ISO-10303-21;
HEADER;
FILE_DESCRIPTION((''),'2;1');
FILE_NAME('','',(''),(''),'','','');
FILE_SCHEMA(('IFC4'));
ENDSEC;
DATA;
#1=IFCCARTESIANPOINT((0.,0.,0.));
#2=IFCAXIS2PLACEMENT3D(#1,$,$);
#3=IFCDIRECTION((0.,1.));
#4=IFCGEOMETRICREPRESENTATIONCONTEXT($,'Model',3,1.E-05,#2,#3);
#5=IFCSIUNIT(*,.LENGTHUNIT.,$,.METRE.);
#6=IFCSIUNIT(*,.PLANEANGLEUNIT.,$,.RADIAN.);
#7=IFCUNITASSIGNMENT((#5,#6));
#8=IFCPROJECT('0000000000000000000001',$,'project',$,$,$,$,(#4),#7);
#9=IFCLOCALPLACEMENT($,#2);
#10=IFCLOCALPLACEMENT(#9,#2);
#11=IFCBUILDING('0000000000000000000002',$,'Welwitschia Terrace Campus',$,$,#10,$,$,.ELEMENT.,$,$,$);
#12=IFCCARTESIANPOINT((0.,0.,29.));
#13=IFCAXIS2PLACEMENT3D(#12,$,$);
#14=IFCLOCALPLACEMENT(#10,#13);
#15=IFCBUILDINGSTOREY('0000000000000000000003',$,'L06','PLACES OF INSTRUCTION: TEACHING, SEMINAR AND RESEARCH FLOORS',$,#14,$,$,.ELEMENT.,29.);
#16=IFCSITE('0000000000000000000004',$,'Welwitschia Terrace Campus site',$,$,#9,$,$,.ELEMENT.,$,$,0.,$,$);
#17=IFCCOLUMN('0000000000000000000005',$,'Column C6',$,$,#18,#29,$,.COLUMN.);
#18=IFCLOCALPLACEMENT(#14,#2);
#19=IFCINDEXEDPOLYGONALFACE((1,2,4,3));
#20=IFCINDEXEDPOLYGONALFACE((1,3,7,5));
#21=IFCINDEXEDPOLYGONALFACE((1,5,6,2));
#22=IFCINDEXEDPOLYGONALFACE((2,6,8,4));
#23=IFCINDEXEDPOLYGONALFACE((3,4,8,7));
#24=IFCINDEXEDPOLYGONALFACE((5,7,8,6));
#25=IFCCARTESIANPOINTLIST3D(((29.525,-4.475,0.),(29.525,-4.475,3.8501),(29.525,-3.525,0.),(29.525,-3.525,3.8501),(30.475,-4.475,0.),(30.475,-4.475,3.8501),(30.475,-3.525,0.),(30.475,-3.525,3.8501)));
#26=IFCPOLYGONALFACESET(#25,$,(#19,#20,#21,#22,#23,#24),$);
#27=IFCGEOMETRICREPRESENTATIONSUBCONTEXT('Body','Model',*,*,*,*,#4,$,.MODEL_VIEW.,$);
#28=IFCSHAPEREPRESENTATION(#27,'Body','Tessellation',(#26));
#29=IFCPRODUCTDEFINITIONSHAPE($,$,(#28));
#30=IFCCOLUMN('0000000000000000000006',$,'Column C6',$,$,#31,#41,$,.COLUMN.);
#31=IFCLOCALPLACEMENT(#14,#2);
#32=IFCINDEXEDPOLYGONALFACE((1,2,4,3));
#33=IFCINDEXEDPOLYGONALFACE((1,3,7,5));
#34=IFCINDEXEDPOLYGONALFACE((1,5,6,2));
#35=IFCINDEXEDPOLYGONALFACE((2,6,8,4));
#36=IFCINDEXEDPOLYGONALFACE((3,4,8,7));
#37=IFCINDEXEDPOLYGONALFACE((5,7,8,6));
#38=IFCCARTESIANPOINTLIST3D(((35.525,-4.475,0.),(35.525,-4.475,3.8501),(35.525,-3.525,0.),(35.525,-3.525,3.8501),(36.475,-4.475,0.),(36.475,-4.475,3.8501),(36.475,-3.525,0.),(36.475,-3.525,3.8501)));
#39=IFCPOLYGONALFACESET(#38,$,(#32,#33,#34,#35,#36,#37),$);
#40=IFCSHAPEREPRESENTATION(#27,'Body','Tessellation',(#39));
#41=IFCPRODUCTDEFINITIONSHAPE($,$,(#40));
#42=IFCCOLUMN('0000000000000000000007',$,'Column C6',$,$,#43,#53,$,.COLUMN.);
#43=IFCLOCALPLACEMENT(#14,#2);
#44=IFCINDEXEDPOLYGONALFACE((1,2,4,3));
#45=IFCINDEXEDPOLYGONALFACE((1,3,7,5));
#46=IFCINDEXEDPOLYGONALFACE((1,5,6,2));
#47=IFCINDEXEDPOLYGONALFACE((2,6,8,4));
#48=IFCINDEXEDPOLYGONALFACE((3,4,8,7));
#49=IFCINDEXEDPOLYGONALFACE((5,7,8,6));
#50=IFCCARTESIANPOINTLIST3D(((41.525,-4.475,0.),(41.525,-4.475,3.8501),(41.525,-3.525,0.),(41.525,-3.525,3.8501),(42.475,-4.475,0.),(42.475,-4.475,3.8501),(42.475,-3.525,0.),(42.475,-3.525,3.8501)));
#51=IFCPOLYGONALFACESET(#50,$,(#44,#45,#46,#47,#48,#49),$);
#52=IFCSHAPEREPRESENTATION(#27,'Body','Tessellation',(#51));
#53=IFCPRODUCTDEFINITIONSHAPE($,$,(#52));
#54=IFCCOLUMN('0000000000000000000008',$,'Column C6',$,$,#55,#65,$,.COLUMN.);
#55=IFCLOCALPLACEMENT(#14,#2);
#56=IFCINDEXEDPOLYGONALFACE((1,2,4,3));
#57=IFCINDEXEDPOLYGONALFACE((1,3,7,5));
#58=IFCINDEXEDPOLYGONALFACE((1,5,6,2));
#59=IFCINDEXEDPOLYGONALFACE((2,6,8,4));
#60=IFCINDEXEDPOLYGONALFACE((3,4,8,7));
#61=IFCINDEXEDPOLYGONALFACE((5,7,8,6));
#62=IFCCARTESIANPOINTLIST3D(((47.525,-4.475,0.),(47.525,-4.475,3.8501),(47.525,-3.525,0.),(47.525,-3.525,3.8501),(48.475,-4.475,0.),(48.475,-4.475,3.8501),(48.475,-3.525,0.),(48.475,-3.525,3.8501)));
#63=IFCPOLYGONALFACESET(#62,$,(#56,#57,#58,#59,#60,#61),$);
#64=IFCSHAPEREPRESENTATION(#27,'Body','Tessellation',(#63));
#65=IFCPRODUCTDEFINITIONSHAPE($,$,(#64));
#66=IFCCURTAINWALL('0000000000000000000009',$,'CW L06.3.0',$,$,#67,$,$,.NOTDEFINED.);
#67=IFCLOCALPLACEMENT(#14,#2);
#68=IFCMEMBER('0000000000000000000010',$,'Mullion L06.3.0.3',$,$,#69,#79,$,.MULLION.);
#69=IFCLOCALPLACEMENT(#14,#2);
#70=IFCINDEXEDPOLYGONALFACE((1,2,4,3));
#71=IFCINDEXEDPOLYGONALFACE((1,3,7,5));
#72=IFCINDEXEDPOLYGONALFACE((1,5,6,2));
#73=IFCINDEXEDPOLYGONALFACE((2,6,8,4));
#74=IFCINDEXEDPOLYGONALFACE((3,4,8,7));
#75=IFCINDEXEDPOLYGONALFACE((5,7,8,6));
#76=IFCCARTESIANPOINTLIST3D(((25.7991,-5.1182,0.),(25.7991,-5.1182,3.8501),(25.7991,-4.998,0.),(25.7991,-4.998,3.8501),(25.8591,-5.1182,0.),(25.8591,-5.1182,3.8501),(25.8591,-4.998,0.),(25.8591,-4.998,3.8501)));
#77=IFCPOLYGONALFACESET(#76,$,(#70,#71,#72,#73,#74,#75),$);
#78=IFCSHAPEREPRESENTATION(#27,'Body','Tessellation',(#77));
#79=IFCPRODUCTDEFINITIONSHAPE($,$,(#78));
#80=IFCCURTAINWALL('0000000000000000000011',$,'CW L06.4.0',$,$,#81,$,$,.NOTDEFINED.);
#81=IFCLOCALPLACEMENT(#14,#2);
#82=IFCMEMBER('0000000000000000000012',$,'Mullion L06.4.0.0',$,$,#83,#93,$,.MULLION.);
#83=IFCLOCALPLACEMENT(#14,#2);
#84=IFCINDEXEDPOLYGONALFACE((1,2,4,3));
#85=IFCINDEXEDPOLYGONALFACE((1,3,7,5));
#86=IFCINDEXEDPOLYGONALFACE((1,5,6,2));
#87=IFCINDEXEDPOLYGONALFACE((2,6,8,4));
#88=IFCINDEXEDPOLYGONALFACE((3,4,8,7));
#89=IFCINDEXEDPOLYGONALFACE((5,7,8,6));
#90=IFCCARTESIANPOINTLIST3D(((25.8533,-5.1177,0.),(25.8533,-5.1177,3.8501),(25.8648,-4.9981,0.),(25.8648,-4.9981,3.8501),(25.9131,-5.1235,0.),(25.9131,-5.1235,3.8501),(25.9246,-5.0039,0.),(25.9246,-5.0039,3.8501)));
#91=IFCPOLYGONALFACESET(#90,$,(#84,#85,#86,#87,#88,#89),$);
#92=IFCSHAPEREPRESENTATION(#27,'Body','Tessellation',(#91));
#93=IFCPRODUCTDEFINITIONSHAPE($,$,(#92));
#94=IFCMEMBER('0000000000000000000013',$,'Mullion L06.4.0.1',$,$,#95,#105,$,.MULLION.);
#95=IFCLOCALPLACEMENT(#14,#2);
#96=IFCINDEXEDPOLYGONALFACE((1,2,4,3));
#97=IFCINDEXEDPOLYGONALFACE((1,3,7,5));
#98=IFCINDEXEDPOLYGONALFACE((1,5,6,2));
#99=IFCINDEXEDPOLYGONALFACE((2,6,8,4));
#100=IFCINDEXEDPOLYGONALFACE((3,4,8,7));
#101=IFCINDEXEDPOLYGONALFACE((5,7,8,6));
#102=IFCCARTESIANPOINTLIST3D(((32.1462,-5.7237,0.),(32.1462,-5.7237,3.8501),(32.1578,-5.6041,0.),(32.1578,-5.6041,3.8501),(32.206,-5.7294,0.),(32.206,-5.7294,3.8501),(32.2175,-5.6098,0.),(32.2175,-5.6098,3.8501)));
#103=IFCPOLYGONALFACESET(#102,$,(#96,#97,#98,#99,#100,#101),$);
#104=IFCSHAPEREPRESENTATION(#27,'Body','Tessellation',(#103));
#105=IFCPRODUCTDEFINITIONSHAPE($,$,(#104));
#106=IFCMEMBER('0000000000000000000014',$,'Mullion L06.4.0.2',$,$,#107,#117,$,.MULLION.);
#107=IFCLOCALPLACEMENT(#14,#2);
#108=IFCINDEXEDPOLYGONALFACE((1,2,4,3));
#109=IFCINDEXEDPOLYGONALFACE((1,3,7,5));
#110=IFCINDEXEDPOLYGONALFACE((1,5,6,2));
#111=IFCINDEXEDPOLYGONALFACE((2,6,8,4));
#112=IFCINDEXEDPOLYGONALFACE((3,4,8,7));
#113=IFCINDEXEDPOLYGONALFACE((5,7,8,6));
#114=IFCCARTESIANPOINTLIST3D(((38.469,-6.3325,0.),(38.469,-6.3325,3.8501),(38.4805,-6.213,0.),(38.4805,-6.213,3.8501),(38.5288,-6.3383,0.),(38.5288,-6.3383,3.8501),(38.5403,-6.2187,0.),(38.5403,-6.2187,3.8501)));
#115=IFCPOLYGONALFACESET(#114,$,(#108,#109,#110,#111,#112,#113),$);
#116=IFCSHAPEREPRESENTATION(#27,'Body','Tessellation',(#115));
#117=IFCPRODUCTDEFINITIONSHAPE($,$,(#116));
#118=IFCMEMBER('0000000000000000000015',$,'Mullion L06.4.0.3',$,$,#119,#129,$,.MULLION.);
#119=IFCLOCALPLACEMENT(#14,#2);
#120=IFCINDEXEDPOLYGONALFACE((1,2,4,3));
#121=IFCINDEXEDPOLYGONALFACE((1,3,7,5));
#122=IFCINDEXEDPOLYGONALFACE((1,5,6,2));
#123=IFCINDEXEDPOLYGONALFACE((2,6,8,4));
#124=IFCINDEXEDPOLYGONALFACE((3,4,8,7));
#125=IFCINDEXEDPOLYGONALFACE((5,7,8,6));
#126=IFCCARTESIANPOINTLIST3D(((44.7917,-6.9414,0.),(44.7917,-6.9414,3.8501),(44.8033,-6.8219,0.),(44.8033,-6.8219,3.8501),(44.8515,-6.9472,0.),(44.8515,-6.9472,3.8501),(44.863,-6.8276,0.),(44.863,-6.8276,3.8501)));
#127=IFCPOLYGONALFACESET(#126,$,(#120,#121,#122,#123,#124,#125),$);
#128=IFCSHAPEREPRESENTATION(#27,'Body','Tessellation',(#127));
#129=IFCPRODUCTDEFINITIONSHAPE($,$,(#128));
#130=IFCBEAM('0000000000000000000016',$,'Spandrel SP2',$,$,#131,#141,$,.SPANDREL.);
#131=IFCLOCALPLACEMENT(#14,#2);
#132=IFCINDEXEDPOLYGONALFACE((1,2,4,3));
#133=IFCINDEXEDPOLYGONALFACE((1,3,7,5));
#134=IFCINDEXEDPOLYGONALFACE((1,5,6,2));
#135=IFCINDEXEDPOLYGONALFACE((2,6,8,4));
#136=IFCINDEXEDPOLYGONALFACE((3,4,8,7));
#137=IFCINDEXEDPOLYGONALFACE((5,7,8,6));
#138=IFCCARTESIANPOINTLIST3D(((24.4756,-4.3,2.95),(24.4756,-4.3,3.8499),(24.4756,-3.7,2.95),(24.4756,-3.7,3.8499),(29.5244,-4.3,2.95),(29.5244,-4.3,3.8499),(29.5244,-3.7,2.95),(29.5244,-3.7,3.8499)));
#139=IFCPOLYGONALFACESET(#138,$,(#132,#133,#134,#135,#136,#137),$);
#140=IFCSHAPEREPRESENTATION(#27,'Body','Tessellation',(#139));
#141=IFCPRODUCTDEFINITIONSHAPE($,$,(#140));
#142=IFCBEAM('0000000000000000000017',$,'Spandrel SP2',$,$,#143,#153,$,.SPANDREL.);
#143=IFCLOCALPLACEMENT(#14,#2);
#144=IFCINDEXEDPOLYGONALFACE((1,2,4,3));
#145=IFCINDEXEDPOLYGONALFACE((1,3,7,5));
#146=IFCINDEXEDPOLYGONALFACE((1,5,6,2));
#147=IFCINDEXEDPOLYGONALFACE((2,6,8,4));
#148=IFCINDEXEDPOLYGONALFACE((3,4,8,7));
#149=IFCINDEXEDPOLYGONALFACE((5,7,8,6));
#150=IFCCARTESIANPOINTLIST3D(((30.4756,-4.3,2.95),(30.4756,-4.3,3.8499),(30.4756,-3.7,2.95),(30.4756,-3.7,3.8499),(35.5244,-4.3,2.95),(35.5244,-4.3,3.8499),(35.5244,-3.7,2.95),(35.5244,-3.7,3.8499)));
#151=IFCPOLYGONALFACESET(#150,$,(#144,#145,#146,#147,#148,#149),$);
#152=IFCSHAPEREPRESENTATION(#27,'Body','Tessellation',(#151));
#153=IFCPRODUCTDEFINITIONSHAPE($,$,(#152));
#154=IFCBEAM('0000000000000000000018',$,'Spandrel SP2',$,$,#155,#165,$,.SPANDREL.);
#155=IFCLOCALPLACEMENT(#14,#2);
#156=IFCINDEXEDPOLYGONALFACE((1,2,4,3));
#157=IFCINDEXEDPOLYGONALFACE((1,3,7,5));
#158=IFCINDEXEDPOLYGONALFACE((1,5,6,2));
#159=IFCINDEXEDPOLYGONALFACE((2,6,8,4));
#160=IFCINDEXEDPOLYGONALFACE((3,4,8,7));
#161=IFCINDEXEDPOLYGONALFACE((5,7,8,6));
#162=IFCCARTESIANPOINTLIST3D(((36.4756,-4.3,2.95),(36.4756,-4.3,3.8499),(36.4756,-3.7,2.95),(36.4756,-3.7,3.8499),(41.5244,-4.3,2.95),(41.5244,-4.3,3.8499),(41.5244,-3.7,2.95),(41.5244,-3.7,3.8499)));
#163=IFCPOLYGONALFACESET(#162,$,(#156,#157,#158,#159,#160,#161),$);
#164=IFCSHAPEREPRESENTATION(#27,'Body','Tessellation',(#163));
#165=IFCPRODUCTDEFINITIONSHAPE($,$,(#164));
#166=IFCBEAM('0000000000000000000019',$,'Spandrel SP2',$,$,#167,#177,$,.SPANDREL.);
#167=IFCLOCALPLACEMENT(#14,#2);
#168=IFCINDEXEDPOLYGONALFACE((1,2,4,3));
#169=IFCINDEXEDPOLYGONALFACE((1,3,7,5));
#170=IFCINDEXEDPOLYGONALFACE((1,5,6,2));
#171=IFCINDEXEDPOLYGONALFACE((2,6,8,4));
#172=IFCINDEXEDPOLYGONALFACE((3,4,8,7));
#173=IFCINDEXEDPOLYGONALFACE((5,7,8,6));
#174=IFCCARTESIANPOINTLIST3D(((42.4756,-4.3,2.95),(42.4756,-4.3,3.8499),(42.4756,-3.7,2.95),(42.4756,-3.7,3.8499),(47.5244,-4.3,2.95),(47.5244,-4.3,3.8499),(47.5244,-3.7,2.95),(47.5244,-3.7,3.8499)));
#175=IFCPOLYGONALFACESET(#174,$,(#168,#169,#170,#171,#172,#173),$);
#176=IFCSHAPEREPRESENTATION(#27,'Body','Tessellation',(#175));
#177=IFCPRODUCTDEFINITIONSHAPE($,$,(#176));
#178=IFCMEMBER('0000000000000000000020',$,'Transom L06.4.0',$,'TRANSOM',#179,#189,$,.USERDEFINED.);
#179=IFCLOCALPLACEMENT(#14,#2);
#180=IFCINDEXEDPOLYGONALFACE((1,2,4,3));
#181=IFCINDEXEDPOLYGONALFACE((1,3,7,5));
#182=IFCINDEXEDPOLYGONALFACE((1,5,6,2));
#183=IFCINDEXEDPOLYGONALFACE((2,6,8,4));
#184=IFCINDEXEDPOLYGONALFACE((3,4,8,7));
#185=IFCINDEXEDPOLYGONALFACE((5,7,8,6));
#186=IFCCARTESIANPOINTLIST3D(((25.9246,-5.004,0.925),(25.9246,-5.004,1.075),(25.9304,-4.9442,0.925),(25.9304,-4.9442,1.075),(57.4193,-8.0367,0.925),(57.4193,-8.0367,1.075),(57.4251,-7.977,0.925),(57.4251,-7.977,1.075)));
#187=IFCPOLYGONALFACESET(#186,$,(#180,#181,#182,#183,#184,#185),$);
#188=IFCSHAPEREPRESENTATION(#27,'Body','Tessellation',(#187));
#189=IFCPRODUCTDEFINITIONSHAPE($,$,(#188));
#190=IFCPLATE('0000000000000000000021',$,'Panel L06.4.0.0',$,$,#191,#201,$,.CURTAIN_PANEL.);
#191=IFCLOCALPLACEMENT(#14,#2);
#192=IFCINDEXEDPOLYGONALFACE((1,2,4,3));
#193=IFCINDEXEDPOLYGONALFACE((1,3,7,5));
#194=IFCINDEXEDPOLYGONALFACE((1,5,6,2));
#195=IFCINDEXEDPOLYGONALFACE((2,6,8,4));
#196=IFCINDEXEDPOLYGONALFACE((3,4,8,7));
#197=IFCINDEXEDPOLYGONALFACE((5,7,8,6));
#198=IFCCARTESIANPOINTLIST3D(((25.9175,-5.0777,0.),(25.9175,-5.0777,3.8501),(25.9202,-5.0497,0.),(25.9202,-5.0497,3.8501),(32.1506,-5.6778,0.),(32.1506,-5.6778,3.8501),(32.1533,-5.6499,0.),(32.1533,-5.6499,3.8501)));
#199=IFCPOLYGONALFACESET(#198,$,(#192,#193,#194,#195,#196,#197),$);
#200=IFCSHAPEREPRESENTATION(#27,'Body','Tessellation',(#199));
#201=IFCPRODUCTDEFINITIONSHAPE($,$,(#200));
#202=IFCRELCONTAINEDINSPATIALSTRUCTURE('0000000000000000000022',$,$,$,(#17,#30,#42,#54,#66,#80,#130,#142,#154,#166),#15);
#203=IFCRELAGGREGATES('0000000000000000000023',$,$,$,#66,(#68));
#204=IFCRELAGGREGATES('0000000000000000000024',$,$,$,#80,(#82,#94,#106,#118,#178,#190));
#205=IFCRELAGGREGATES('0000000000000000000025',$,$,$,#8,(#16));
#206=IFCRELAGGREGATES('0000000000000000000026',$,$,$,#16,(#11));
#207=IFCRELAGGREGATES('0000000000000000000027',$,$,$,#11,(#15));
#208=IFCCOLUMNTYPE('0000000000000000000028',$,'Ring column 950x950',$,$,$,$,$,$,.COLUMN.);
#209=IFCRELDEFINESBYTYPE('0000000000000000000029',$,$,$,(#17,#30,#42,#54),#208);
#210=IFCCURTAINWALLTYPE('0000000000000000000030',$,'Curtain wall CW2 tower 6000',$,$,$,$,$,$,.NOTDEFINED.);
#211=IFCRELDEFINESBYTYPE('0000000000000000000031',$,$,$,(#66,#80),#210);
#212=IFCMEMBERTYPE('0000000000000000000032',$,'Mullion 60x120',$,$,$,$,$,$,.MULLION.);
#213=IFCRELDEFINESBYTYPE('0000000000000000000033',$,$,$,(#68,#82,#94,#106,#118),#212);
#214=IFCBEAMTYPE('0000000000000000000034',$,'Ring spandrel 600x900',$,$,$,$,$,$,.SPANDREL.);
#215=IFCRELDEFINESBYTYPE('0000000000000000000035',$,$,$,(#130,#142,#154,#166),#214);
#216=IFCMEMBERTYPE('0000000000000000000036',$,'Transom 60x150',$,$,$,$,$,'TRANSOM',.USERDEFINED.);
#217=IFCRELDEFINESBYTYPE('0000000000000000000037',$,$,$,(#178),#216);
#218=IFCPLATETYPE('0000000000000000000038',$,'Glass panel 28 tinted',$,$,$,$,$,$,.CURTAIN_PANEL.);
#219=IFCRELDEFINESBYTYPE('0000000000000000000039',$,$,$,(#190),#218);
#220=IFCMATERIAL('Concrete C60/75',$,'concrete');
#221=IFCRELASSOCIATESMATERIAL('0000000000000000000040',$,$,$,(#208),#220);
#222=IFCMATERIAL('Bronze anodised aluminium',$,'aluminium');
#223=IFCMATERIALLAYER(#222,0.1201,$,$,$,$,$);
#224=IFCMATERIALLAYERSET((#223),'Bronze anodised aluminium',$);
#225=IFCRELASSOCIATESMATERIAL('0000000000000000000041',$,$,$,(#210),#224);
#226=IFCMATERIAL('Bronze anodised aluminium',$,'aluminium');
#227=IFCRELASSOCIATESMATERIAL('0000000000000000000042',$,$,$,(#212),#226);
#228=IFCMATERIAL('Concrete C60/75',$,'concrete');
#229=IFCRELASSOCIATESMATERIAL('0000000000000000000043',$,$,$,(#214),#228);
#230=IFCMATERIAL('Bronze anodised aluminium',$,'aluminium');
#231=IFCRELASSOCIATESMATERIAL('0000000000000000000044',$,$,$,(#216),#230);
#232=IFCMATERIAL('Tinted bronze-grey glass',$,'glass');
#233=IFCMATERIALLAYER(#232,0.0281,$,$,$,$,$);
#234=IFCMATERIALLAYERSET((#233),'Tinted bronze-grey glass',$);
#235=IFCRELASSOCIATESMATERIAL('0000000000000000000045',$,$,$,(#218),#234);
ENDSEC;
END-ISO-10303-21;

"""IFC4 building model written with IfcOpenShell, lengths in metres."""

from ifc_helpers import new_model, si_unit, direction, frame, origin, origin_2d, place, context, subcontext, project, spatial, rectangle, extrude, material, layer, layer_set, material_profile, profile_set, type_object, element, aggregate, save


model = new_model("IFC4")

# Units and contexts
model_context = context("Model", 3, precision=1e-05, world=origin(), true_north=direction((0.0, 1.0)))
body_context = subcontext(model_context, "Body", "Model", "MODEL_VIEW")
ifc_project = project(units=[si_unit("LENGTHUNIT", "METRE"), si_unit("PLANEANGLEUNIT", "RADIAN")], contexts=[model_context])

# Site, building, storey
site_placement = place(None, origin())
site = spatial("IfcSite", under=ifc_project, at=site_placement, Name="Welwitschia Terrace Campus site", CompositionType="ELEMENT", RefElevation=0.0)
building_placement = place(site_placement, origin())
building = spatial("IfcBuilding", under=site, at=building_placement, Name="Welwitschia Terrace Campus", CompositionType="ELEMENT")
storey_placement = place(building_placement, frame((0.0, 0.0, 29.0)))
storey = spatial("IfcBuildingStorey", under=building, at=storey_placement, Name="L06", Description="PLACES OF INSTRUCTION: TEACHING, SEMINAR AND RESEARCH FLOORS", CompositionType="ELEMENT", Elevation=29.0)

# Columns
ifc_material_1 = material(Name="Concrete C60/75", Category="concrete")
ifc_material_profile_1 = material_profile(ifc_material_1, rectangle(XDim=0.95, YDim=0.95, at=origin_2d()))
ifc_profile_set_1 = profile_set([ifc_material_profile_1], Name="Concrete C60/75")
column_type = type_object("IfcColumnType", Name="Ring column 950x950", PredefinedType="COLUMN", material=ifc_profile_set_1)
for number, where, z_axis, x_axis, name in (
    (1, (30.0, -4.0, 0.0), (0.0, 0.0, 1.0), (1.0, 0.0, 0.0), "Column C6"),
    (2, (36.0, -4.0, 0.0), (0.0, 0.0, 1.0), (1.0, 0.0, 0.0), "Column C6"),
    (3, (42.0, -4.0, 0.0), (0.0, 0.0, 1.0), (1.0, 0.0, 0.0), "Column C6"),
    (4, (48.0, -4.0, 0.0), (0.0, 0.0, 1.0), (1.0, 0.0, 0.0), "Column C6"),
):
    element("IfcColumn", number, at=place(storey_placement, frame(where, z_axis=z_axis, x_axis=x_axis)), inside=storey, type_object=column_type, Name=name, PredefinedType="COLUMN", context=body_context, shape_type="SweptSolid", body=[
        extrude(rectangle(XDim=0.95, YDim=0.95, at=origin_2d()), origin(), (0.0, 0.0, 1.0), 3.8501),
    ])

# Curtain wall, member
ifc_material_2 = material(Name="Bronze anodised aluminium", Category="aluminium")
ifc_layer_1 = layer(ifc_material_2, 0.1201)
ifc_layer_set_1 = layer_set([ifc_layer_1], Name="Bronze anodised aluminium")
curtain_wall_type = type_object("IfcCurtainWallType", Name="Curtain wall CW2 tower 6000", PredefinedType="NOTDEFINED", material=ifc_layer_set_1)
curtain_wall_1_placement = place(storey_placement, origin())
curtain_wall_1 = element("IfcCurtainWall", 5, at=curtain_wall_1_placement, inside=storey, type_object=curtain_wall_type, Name="CW L06.3.0", PredefinedType="NOTDEFINED")
ifc_material_3 = material(Name="Bronze anodised aluminium", Category="aluminium")
ifc_material_profile_2 = material_profile(ifc_material_3, rectangle(XDim=0.1201, YDim=0.0601, at=origin_2d()))
ifc_profile_set_2 = profile_set([ifc_material_profile_2], Name="Bronze anodised aluminium")
member_type_1 = type_object("IfcMemberType", Name="Mullion 60x120", PredefinedType="MULLION", material=ifc_profile_set_2)
member_1_placement = place(storey_placement, frame((25.8291, -5.0581, 0.0), z_axis=(0.0, 0.0, 1.0), x_axis=(0.0, 1.0, 0.0)))
member_1 = element("IfcMember", 6, at=member_1_placement, type_object=member_type_1, Name="Mullion L06.3.0.3", PredefinedType="MULLION", context=body_context, shape_type="SweptSolid", body=[
    extrude(rectangle(XDim=0.1201, YDim=0.0601, at=origin_2d()), origin(), (0.0, 0.0, 1.0), 3.8501),
])
aggregate(curtain_wall_1, [member_1])

# Curtain wall, members
curtain_wall_2_placement = place(storey_placement, origin())
curtain_wall_2 = element("IfcCurtainWall", 7, at=curtain_wall_2_placement, inside=storey, type_object=curtain_wall_type, Name="CW L06.4.0", PredefinedType="NOTDEFINED")
member_2_placement = place(storey_placement, frame((25.8889, -5.0608, 0.0), z_axis=(0.0, 0.0, 1.0), x_axis=(0.095846, 0.995396, 0.0)))
member_2 = element("IfcMember", 8, at=member_2_placement, type_object=member_type_1, Name="Mullion L06.4.0.0", PredefinedType="MULLION", context=body_context, shape_type="SweptSolid", body=[
    extrude(rectangle(XDim=0.1201, YDim=0.0601, at=origin_2d()), origin(), (0.0, 0.0, 1.0), 3.8501),
])
member_3_placement = place(storey_placement, frame((32.1819, -5.6667, 0.0), z_axis=(0.0, 0.0, 1.0), x_axis=(0.095846, 0.995396, 0.0)))
member_3 = element("IfcMember", 9, at=member_3_placement, type_object=member_type_1, Name="Mullion L06.4.0.1", PredefinedType="MULLION", context=body_context, shape_type="SweptSolid", body=[
    extrude(rectangle(XDim=0.1201, YDim=0.0601, at=origin_2d()), origin(), (0.0, 0.0, 1.0), 3.8501),
])
member_4_placement = place(storey_placement, frame((38.5046, -6.2756, 0.0), z_axis=(0.0, 0.0, 1.0), x_axis=(0.095846, 0.995396, 0.0)))
member_4 = element("IfcMember", 10, at=member_4_placement, type_object=member_type_1, Name="Mullion L06.4.0.2", PredefinedType="MULLION", context=body_context, shape_type="SweptSolid", body=[
    extrude(rectangle(XDim=0.1201, YDim=0.0601, at=origin_2d()), origin(), (0.0, 0.0, 1.0), 3.8501),
])
member_5_placement = place(storey_placement, frame((44.8274, -6.8845, 0.0), z_axis=(0.0, 0.0, 1.0), x_axis=(0.095846, 0.995396, 0.0)))
member_5 = element("IfcMember", 11, at=member_5_placement, type_object=member_type_1, Name="Mullion L06.4.0.3", PredefinedType="MULLION", context=body_context, shape_type="SweptSolid", body=[
    extrude(rectangle(XDim=0.1201, YDim=0.0601, at=origin_2d()), origin(), (0.0, 0.0, 1.0), 3.8501),
])

# Beams
ifc_material_4 = material(Name="Concrete C60/75", Category="concrete")
ifc_material_profile_3 = material_profile(ifc_material_4, rectangle(XDim=0.6001, YDim=0.8999, at=origin_2d()))
ifc_profile_set_3 = profile_set([ifc_material_profile_3], Name="Concrete C60/75")
beam_type = type_object("IfcBeamType", Name="Ring spandrel 600x900", PredefinedType="SPANDREL", material=ifc_profile_set_3)
for number, where, z_axis, x_axis, name in (
    (12, (24.4756, -4.0, 3.3999), (1.0, 0.0, 0.0), (0.0, 1.0, 0.0), "Spandrel SP2"),
    (13, (30.4756, -4.0, 3.3999), (1.0, 0.0, 0.0), (0.0, 1.0, 0.0), "Spandrel SP2"),
    (14, (36.4756, -4.0, 3.3999), (1.0, 0.0, 0.0), (0.0, 1.0, 0.0), "Spandrel SP2"),
    (15, (42.4756, -4.0, 3.3999), (1.0, 0.0, 0.0), (0.0, 1.0, 0.0), "Spandrel SP2"),
):
    element("IfcBeam", number, at=place(storey_placement, frame(where, z_axis=z_axis, x_axis=x_axis)), inside=storey, type_object=beam_type, Name=name, PredefinedType="SPANDREL", context=body_context, shape_type="SweptSolid", body=[
        extrude(rectangle(XDim=0.6001, YDim=0.8999, at=origin_2d()), origin(), (0.0, 0.0, 1.0), 5.0488),
    ])

# Member
ifc_material_5 = material(Name="Bronze anodised aluminium", Category="aluminium")
ifc_material_profile_4 = material_profile(ifc_material_5, rectangle(XDim=0.0601, YDim=0.1499, at=origin_2d()))
ifc_profile_set_4 = profile_set([ifc_material_profile_4], Name="Bronze anodised aluminium")
member_type_2 = type_object("IfcMemberType", Name="Transom 60x150", ElementType="TRANSOM", PredefinedType="USERDEFINED", material=ifc_profile_set_4)
member_6_placement = place(storey_placement, frame((25.9275, -4.9741, 1.0), z_axis=(0.995396, -0.09585, 0.0), x_axis=(0.09585, 0.995396, 0.0)))
member_6 = element("IfcMember", 16, at=member_6_placement, type_object=member_type_2, Name="Transom L06.4.0", ObjectType="TRANSOM", PredefinedType="USERDEFINED", context=body_context, shape_type="SweptSolid", body=[
    extrude(rectangle(XDim=0.0601, YDim=0.1499, at=origin_2d()), origin(), (0.0, 0.0, 1.0), 31.6404),
])

# Plate
ifc_material_6 = material(Name="Tinted bronze-grey glass", Category="glass")
ifc_layer_2 = layer(ifc_material_6, 0.0281)
ifc_layer_set_2 = layer_set([ifc_layer_2], Name="Tinted bronze-grey glass")
plate_type = type_object("IfcPlateType", Name="Glass panel 28 tinted", PredefinedType="CURTAIN_PANEL", material=ifc_layer_set_2)
plate_1_placement = place(storey_placement, frame((29.0354, -5.3638, 0.0), z_axis=(0.0, 0.0, 1.0), x_axis=(0.995396, -0.095846, 0.0)))
plate_1 = element("IfcPlate", 17, at=plate_1_placement, type_object=plate_type, Name="Panel L06.4.0.0", PredefinedType="CURTAIN_PANEL", context=body_context, shape_type="SweptSolid", body=[
    extrude(rectangle(XDim=6.262, YDim=0.0281, at=origin_2d()), origin(), (0.0, 0.0, 1.0), 3.8501),
])
aggregate(curtain_wall_2, [member_2, member_3, member_4, member_5, member_6, plate_1])

save(model, "model.ifc")
